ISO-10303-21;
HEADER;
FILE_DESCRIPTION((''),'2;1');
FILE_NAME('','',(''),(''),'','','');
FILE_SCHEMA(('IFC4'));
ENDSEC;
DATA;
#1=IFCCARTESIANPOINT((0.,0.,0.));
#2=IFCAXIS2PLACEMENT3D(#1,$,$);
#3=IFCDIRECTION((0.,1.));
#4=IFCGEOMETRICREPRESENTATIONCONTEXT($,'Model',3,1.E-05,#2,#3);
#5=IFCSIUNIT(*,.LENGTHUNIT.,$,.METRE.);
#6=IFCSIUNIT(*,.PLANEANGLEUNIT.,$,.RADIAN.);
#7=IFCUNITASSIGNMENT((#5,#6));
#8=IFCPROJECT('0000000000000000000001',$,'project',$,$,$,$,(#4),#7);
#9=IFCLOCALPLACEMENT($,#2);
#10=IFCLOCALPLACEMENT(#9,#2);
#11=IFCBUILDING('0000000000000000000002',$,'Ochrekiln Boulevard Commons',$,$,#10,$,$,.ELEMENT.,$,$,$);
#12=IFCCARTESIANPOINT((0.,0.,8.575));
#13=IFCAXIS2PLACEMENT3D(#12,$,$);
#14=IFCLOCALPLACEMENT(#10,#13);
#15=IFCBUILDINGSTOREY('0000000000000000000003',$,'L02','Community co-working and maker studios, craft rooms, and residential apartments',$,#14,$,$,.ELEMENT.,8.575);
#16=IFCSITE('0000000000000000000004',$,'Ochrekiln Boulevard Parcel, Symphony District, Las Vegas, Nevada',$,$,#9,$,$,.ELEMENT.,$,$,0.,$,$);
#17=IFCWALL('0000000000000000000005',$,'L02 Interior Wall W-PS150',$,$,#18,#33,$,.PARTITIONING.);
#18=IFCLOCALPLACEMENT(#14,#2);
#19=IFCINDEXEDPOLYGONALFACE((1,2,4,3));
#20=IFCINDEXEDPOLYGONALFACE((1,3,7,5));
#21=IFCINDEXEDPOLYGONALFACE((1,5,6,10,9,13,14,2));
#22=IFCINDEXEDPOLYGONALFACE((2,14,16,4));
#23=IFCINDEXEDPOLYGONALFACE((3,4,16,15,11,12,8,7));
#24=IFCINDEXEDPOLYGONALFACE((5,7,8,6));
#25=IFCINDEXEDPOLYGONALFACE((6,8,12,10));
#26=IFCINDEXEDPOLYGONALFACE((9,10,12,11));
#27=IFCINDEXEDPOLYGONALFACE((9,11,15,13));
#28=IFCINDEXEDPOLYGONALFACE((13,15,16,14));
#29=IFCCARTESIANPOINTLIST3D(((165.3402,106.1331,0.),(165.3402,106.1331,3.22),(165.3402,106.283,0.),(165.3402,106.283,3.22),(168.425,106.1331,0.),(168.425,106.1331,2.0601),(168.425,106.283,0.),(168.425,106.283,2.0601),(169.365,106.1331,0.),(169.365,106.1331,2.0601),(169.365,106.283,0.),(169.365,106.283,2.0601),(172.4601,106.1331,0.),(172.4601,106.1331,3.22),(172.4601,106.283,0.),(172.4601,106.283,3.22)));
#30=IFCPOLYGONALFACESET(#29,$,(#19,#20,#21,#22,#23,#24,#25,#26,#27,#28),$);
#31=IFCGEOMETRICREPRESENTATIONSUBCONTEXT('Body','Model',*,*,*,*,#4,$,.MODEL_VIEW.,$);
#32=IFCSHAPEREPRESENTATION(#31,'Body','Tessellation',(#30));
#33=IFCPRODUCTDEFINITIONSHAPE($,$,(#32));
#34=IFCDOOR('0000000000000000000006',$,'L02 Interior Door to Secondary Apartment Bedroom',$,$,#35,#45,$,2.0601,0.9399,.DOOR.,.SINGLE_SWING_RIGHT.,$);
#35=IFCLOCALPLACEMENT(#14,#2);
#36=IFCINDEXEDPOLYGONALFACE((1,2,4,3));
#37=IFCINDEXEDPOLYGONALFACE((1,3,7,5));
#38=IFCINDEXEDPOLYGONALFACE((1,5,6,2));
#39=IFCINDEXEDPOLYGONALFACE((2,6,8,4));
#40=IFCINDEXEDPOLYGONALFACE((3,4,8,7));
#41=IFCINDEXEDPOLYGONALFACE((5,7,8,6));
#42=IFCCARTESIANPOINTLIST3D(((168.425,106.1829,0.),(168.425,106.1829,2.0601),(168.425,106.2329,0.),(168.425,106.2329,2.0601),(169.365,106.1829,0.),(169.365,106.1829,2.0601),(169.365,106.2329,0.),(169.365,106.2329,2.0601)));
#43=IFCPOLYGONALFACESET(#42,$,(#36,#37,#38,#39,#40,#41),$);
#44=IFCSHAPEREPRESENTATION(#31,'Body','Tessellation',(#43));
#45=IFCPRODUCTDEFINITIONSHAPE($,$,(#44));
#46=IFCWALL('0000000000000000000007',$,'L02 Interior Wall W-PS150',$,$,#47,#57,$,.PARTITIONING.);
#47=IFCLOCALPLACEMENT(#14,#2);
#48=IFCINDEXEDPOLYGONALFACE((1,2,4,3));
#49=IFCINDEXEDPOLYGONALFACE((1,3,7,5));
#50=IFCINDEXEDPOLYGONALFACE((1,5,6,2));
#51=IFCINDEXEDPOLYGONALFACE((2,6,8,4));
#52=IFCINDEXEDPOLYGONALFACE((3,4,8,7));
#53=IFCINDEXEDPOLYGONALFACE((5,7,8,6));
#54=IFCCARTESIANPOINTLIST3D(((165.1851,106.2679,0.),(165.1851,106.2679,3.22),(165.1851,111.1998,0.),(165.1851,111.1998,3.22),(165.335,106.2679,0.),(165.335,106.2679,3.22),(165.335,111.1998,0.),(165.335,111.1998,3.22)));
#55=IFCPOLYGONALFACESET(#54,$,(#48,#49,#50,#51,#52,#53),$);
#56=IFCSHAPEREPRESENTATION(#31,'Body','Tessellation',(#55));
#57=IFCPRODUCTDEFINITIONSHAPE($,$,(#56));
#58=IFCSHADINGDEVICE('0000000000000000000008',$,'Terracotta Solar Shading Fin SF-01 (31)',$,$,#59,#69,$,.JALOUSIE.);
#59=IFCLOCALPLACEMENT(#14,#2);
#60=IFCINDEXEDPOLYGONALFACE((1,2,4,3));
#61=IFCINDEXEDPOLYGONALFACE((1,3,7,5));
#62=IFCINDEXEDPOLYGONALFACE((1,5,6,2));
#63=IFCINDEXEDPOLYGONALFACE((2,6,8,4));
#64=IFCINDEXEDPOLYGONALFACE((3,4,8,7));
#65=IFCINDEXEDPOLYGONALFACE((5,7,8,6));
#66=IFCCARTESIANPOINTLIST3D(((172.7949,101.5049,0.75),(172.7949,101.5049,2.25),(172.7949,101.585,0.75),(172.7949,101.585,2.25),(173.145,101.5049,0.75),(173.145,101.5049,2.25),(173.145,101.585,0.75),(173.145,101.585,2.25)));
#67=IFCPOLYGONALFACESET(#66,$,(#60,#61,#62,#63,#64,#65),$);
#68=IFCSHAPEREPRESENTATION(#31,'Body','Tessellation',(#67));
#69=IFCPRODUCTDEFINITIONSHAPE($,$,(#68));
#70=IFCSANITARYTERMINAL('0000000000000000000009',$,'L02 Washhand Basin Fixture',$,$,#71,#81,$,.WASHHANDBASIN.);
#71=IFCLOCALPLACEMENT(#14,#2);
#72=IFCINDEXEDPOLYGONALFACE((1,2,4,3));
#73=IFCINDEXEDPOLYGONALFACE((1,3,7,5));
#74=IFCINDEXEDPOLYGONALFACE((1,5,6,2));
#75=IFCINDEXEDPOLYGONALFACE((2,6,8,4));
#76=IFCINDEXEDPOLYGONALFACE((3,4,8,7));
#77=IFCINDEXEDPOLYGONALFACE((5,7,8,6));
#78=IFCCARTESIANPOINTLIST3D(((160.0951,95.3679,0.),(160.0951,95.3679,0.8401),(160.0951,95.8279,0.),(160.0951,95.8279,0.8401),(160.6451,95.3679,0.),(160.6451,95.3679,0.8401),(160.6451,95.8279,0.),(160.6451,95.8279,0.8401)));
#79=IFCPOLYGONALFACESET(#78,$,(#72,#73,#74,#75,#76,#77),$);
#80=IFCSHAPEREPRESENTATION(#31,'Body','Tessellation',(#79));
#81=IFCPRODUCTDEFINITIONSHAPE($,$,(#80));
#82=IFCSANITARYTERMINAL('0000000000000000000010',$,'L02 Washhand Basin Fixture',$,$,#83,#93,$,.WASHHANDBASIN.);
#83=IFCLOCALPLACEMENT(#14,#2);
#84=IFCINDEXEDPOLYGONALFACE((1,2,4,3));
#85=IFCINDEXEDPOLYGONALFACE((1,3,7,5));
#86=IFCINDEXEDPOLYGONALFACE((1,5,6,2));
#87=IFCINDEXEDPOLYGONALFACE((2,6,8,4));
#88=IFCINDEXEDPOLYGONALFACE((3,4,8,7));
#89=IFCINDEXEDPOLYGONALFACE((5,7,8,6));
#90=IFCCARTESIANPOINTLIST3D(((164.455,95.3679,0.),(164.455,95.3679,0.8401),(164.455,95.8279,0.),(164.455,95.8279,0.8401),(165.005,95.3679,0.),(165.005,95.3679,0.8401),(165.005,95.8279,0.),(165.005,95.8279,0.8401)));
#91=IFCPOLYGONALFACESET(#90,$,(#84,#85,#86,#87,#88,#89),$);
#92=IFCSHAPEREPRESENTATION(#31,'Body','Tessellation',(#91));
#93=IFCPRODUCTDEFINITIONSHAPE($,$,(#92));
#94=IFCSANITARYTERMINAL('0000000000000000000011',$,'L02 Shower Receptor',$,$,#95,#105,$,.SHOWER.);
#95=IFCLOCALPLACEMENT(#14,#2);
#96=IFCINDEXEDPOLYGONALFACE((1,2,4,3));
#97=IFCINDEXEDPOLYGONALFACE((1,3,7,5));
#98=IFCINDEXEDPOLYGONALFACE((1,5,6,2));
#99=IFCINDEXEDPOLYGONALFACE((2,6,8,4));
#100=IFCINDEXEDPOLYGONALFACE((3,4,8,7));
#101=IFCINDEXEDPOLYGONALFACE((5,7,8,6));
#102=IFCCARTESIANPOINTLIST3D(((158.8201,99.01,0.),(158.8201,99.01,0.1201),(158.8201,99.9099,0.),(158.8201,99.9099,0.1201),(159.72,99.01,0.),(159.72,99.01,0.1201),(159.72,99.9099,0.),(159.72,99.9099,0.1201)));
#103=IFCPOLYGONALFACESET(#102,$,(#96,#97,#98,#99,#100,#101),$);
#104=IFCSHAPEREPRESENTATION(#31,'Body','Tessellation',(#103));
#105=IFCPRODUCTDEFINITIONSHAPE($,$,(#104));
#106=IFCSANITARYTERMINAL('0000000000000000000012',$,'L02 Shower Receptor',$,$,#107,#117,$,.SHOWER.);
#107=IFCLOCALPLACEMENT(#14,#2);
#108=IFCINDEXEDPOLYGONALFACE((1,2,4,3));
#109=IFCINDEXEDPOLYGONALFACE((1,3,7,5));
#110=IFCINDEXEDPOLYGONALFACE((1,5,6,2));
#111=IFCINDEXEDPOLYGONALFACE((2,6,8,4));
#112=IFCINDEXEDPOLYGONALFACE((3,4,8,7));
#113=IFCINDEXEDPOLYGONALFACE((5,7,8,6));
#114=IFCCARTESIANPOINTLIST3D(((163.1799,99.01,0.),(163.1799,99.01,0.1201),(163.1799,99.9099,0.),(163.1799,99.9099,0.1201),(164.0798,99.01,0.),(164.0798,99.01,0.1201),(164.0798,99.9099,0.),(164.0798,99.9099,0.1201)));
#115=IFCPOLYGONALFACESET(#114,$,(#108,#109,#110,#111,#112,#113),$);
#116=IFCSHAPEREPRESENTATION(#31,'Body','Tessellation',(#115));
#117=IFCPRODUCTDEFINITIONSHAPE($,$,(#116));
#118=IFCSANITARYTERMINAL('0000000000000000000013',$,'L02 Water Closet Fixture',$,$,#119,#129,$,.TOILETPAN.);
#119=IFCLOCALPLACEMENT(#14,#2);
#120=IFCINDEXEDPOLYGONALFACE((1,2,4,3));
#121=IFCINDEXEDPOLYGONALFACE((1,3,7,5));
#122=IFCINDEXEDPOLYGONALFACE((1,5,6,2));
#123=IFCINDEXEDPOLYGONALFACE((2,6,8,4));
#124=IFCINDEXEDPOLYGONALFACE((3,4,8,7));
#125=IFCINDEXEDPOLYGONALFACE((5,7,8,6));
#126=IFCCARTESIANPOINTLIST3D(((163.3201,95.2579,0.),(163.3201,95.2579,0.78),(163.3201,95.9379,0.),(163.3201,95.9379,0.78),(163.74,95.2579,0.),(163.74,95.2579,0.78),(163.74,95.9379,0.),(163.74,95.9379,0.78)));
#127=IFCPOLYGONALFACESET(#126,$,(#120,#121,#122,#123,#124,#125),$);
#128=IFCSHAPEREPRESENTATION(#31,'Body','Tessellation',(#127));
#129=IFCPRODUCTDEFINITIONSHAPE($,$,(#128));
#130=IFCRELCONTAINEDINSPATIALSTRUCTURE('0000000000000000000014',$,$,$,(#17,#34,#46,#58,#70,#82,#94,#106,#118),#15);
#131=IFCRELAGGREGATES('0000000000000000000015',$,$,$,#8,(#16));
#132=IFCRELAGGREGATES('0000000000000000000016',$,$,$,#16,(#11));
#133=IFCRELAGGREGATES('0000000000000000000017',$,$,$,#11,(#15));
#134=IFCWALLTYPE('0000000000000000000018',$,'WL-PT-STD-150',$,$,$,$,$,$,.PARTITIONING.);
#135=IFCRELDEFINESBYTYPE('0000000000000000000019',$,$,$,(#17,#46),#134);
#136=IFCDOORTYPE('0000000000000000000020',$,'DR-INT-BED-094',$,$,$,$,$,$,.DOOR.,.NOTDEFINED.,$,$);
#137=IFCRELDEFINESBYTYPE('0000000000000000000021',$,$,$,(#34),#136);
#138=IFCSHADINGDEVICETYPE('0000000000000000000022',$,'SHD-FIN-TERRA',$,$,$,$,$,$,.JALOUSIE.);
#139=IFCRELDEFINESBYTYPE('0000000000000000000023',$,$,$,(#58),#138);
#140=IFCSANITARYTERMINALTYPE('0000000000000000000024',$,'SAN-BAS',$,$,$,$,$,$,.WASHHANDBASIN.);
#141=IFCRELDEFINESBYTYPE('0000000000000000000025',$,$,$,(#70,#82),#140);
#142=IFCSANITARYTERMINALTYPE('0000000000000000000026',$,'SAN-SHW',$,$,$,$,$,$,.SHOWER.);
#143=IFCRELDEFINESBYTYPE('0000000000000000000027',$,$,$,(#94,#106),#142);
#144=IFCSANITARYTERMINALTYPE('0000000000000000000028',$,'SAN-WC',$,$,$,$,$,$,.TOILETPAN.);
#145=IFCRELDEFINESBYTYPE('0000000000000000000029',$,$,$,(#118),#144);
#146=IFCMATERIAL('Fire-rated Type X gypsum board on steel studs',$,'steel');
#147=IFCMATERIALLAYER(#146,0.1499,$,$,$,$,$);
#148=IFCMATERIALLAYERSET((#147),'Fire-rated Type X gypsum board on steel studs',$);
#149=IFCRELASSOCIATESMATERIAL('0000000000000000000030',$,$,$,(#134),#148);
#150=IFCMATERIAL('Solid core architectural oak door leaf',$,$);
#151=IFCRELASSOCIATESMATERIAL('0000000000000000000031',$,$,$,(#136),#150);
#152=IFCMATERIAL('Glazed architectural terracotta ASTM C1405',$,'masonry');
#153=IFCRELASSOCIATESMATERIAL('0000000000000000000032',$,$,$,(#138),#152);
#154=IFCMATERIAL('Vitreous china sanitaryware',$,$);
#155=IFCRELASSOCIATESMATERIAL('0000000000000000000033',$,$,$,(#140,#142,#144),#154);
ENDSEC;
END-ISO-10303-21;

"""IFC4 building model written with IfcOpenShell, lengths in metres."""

from ifc_helpers import new_model, si_unit, direction, frame, frame_2d, origin, origin_2d, place, context, subcontext, project, spatial, rectangle, extrude, material, layer, layer_set, type_object, element, fill, save


model = new_model("IFC4")

# Units and contexts
model_context = context("Model", 3, precision=1e-05, world=origin(), true_north=direction((0.0, 1.0)))
body_context = subcontext(model_context, "Body", "Model", "MODEL_VIEW")
ifc_project = project(units=[si_unit("LENGTHUNIT", "METRE"), si_unit("PLANEANGLEUNIT", "RADIAN")], contexts=[model_context])

# Site, building, storey
site_placement = place(None, origin())
site = spatial("IfcSite", under=ifc_project, at=site_placement, Name="Ochrekiln Boulevard Parcel, Symphony District, Las Vegas, Nevada", CompositionType="ELEMENT", RefElevation=0.0)
building_placement = place(site_placement, origin())
building = spatial("IfcBuilding", under=site, at=building_placement, Name="Ochrekiln Boulevard Commons", CompositionType="ELEMENT")
storey_placement = place(building_placement, frame((0.0, 0.0, 8.575)))
storey = spatial("IfcBuildingStorey", under=building, at=storey_placement, Name="L02", Description="Community co-working and maker studios, craft rooms, and residential apartments", CompositionType="ELEMENT", Elevation=8.575)

# Shared definitions
ifc_material_1 = material(Name="Solid core architectural oak door leaf")
ifc_material_2 = material(Name="Fire-rated Type X gypsum board on steel studs", Category="steel")

# Shared definitions
ifc_layer_1 = layer(ifc_material_2, 0.1499)
ifc_layer_set_1 = layer_set([ifc_layer_1], Name="Fire-rated Type X gypsum board on steel studs")
wall_type_1 = type_object("IfcWallType", Name="WL-PT-STD-150", PredefinedType="PARTITIONING", material=ifc_layer_set_1)

# Wall, opening, door
wall_1_placement = place(storey_placement, frame((165.3401, 106.208, 0.0), z_axis=(0.0, 0.0, 1.0), x_axis=(1.0, 0.0, 0.0)))
wall_1 = element("IfcWall", 1, at=wall_1_placement, inside=storey, type_object=wall_type_1, Name="L02 Interior Wall W-PS150", PredefinedType="PARTITIONING", context=body_context, shape_type="SweptSolid", body=[
    extrude(rectangle(XDim=7.1199, YDim=0.1499, at=frame_2d((3.5601, 0.0))), origin(), (0.0, 0.0, 1.0), 3.22),
])
opening_1_placement = place(wall_1_placement, frame((3.085, 0.0, 0.0)))
opening_1 = element("IfcOpeningElement", 2, at=opening_1_placement, cuts=wall_1, PredefinedType="OPENING", context=body_context, shape_type="SweptSolid", body=[
    extrude(rectangle(XDim=0.9399, YDim=2.0601, at=frame_2d((0.47, 1.03))), frame((0.0, 0.085, 0.0), z_axis=(0.0, -1.0, 0.0), x_axis=(1.0, 0.0, 0.0)), (0.0, 0.0, 1.0), 0.1699),
])
door_type_1 = type_object("IfcDoorType", Name="DR-INT-BED-094", OperationType="NOTDEFINED", PredefinedType="DOOR", material=ifc_material_1)
door_1_placement = place(opening_1_placement, origin())
door_1 = element("IfcDoor", 3, at=door_1_placement, inside=storey, type_object=door_type_1, Name="L02 Interior Door to Secondary Apartment Bedroom", OperationType="SINGLE_SWING_RIGHT", OverallHeight=2.0601, OverallWidth=0.9399, PredefinedType="DOOR", context=body_context, shape_type="SweptSolid", body=[
    extrude(rectangle(XDim=0.9399, YDim=2.0601, at=frame_2d((0.47, 1.03))), frame((0.0, 0.0249, 0.0), z_axis=(0.0, -1.0, 0.0), x_axis=(1.0, 0.0, 0.0)), (0.0, 0.0, 1.0), 0.05),
])
fill(opening_1, door_1)

# Wall
wall_2_placement = place(storey_placement, frame((165.26, 106.2681, 0.0), z_axis=(0.0, 0.0, 1.0), x_axis=(0.0, 1.0, 0.0)))
element("IfcWall", 4, at=wall_2_placement, inside=storey, type_object=wall_type_1, Name="L02 Interior Wall W-PS150", PredefinedType="PARTITIONING", context=body_context, shape_type="SweptSolid", body=[
    extrude(rectangle(XDim=4.9319, YDim=0.1499, at=frame_2d((2.4658, 0.0))), origin(), (0.0, 0.0, 1.0), 3.22),
])

# Shading device
ifc_material_3 = material(Name="Glazed architectural terracotta ASTM C1405", Category="masonry")
shading_device_type = type_object("IfcShadingDeviceType", Name="SHD-FIN-TERRA", PredefinedType="JALOUSIE", material=ifc_material_3)
shading_device_placement = place(storey_placement, frame((172.97, 101.5449, 0.75), z_axis=(0.0, 0.0, 1.0), x_axis=(1.0, 0.0, 0.0)))
element("IfcShadingDevice", 5, at=shading_device_placement, inside=storey, type_object=shading_device_type, Name="Terracotta Solar Shading Fin SF-01 (31)", PredefinedType="JALOUSIE", context=body_context, shape_type="SweptSolid", body=[
    extrude(rectangle(XDim=0.3501, YDim=0.0801, at=origin_2d()), origin(), (0.0, 0.0, 1.0), 1.5),
])

# Sanitary terminals
ifc_material_4 = material(Name="Vitreous china sanitaryware")
sanitary_terminal_type_1 = type_object("IfcSanitaryTerminalType", Name="SAN-BAS", PredefinedType="WASHHANDBASIN", material=ifc_material_4)
for number, where, z_axis, x_axis, name in (
    (6, (160.3701, 95.5979, 0.0), (0.0, 0.0, 1.0), (1.0, 0.0, 0.0), "L02 Washhand Basin Fixture"),
    (7, (164.73, 95.5979, 0.0), (0.0, 0.0, 1.0), (1.0, 0.0, 0.0), "L02 Washhand Basin Fixture"),
):
    element("IfcSanitaryTerminal", number, at=place(storey_placement, frame(where, z_axis=z_axis, x_axis=x_axis)), inside=storey, type_object=sanitary_terminal_type_1, Name=name, PredefinedType="WASHHANDBASIN", context=body_context, shape_type="SweptSolid", body=[
        extrude(rectangle(XDim=0.55, YDim=0.46, at=origin_2d()), origin(), (0.0, 0.0, 1.0), 0.8401),
    ])
sanitary_terminal_type_2 = type_object("IfcSanitaryTerminalType", Name="SAN-SHW", PredefinedType="SHOWER", material=ifc_material_4)
for number, where, z_axis, x_axis, name in (
    (8, (159.27, 99.46, 0.0), (0.0, 0.0, 1.0), (1.0, 0.0, 0.0), "L02 Shower Receptor"),
    (9, (163.6299, 99.46, 0.0), (0.0, 0.0, 1.0), (1.0, 0.0, 0.0), "L02 Shower Receptor"),
):
    element("IfcSanitaryTerminal", number, at=place(storey_placement, frame(where, z_axis=z_axis, x_axis=x_axis)), inside=storey, type_object=sanitary_terminal_type_2, Name=name, PredefinedType="SHOWER", context=body_context, shape_type="SweptSolid", body=[
        extrude(rectangle(XDim=0.8999, YDim=0.8999, at=origin_2d()), origin(), (0.0, 0.0, 1.0), 0.1201),
    ])
sanitary_terminal_type_3 = type_object("IfcSanitaryTerminalType", Name="SAN-WC", PredefinedType="TOILETPAN", material=ifc_material_4)
sanitary_terminal_placement = place(storey_placement, frame((163.53, 95.5979, 0.0), z_axis=(0.0, 0.0, 1.0), x_axis=(1.0, 0.0, 0.0)))
element("IfcSanitaryTerminal", 10, at=sanitary_terminal_placement, inside=storey, type_object=sanitary_terminal_type_3, Name="L02 Water Closet Fixture", PredefinedType="TOILETPAN", context=body_context, shape_type="SweptSolid", body=[
    extrude(rectangle(XDim=0.4199, YDim=0.6799, at=origin_2d()), origin(), (0.0, 0.0, 1.0), 0.78),
])

save(model, "model.ifc")
